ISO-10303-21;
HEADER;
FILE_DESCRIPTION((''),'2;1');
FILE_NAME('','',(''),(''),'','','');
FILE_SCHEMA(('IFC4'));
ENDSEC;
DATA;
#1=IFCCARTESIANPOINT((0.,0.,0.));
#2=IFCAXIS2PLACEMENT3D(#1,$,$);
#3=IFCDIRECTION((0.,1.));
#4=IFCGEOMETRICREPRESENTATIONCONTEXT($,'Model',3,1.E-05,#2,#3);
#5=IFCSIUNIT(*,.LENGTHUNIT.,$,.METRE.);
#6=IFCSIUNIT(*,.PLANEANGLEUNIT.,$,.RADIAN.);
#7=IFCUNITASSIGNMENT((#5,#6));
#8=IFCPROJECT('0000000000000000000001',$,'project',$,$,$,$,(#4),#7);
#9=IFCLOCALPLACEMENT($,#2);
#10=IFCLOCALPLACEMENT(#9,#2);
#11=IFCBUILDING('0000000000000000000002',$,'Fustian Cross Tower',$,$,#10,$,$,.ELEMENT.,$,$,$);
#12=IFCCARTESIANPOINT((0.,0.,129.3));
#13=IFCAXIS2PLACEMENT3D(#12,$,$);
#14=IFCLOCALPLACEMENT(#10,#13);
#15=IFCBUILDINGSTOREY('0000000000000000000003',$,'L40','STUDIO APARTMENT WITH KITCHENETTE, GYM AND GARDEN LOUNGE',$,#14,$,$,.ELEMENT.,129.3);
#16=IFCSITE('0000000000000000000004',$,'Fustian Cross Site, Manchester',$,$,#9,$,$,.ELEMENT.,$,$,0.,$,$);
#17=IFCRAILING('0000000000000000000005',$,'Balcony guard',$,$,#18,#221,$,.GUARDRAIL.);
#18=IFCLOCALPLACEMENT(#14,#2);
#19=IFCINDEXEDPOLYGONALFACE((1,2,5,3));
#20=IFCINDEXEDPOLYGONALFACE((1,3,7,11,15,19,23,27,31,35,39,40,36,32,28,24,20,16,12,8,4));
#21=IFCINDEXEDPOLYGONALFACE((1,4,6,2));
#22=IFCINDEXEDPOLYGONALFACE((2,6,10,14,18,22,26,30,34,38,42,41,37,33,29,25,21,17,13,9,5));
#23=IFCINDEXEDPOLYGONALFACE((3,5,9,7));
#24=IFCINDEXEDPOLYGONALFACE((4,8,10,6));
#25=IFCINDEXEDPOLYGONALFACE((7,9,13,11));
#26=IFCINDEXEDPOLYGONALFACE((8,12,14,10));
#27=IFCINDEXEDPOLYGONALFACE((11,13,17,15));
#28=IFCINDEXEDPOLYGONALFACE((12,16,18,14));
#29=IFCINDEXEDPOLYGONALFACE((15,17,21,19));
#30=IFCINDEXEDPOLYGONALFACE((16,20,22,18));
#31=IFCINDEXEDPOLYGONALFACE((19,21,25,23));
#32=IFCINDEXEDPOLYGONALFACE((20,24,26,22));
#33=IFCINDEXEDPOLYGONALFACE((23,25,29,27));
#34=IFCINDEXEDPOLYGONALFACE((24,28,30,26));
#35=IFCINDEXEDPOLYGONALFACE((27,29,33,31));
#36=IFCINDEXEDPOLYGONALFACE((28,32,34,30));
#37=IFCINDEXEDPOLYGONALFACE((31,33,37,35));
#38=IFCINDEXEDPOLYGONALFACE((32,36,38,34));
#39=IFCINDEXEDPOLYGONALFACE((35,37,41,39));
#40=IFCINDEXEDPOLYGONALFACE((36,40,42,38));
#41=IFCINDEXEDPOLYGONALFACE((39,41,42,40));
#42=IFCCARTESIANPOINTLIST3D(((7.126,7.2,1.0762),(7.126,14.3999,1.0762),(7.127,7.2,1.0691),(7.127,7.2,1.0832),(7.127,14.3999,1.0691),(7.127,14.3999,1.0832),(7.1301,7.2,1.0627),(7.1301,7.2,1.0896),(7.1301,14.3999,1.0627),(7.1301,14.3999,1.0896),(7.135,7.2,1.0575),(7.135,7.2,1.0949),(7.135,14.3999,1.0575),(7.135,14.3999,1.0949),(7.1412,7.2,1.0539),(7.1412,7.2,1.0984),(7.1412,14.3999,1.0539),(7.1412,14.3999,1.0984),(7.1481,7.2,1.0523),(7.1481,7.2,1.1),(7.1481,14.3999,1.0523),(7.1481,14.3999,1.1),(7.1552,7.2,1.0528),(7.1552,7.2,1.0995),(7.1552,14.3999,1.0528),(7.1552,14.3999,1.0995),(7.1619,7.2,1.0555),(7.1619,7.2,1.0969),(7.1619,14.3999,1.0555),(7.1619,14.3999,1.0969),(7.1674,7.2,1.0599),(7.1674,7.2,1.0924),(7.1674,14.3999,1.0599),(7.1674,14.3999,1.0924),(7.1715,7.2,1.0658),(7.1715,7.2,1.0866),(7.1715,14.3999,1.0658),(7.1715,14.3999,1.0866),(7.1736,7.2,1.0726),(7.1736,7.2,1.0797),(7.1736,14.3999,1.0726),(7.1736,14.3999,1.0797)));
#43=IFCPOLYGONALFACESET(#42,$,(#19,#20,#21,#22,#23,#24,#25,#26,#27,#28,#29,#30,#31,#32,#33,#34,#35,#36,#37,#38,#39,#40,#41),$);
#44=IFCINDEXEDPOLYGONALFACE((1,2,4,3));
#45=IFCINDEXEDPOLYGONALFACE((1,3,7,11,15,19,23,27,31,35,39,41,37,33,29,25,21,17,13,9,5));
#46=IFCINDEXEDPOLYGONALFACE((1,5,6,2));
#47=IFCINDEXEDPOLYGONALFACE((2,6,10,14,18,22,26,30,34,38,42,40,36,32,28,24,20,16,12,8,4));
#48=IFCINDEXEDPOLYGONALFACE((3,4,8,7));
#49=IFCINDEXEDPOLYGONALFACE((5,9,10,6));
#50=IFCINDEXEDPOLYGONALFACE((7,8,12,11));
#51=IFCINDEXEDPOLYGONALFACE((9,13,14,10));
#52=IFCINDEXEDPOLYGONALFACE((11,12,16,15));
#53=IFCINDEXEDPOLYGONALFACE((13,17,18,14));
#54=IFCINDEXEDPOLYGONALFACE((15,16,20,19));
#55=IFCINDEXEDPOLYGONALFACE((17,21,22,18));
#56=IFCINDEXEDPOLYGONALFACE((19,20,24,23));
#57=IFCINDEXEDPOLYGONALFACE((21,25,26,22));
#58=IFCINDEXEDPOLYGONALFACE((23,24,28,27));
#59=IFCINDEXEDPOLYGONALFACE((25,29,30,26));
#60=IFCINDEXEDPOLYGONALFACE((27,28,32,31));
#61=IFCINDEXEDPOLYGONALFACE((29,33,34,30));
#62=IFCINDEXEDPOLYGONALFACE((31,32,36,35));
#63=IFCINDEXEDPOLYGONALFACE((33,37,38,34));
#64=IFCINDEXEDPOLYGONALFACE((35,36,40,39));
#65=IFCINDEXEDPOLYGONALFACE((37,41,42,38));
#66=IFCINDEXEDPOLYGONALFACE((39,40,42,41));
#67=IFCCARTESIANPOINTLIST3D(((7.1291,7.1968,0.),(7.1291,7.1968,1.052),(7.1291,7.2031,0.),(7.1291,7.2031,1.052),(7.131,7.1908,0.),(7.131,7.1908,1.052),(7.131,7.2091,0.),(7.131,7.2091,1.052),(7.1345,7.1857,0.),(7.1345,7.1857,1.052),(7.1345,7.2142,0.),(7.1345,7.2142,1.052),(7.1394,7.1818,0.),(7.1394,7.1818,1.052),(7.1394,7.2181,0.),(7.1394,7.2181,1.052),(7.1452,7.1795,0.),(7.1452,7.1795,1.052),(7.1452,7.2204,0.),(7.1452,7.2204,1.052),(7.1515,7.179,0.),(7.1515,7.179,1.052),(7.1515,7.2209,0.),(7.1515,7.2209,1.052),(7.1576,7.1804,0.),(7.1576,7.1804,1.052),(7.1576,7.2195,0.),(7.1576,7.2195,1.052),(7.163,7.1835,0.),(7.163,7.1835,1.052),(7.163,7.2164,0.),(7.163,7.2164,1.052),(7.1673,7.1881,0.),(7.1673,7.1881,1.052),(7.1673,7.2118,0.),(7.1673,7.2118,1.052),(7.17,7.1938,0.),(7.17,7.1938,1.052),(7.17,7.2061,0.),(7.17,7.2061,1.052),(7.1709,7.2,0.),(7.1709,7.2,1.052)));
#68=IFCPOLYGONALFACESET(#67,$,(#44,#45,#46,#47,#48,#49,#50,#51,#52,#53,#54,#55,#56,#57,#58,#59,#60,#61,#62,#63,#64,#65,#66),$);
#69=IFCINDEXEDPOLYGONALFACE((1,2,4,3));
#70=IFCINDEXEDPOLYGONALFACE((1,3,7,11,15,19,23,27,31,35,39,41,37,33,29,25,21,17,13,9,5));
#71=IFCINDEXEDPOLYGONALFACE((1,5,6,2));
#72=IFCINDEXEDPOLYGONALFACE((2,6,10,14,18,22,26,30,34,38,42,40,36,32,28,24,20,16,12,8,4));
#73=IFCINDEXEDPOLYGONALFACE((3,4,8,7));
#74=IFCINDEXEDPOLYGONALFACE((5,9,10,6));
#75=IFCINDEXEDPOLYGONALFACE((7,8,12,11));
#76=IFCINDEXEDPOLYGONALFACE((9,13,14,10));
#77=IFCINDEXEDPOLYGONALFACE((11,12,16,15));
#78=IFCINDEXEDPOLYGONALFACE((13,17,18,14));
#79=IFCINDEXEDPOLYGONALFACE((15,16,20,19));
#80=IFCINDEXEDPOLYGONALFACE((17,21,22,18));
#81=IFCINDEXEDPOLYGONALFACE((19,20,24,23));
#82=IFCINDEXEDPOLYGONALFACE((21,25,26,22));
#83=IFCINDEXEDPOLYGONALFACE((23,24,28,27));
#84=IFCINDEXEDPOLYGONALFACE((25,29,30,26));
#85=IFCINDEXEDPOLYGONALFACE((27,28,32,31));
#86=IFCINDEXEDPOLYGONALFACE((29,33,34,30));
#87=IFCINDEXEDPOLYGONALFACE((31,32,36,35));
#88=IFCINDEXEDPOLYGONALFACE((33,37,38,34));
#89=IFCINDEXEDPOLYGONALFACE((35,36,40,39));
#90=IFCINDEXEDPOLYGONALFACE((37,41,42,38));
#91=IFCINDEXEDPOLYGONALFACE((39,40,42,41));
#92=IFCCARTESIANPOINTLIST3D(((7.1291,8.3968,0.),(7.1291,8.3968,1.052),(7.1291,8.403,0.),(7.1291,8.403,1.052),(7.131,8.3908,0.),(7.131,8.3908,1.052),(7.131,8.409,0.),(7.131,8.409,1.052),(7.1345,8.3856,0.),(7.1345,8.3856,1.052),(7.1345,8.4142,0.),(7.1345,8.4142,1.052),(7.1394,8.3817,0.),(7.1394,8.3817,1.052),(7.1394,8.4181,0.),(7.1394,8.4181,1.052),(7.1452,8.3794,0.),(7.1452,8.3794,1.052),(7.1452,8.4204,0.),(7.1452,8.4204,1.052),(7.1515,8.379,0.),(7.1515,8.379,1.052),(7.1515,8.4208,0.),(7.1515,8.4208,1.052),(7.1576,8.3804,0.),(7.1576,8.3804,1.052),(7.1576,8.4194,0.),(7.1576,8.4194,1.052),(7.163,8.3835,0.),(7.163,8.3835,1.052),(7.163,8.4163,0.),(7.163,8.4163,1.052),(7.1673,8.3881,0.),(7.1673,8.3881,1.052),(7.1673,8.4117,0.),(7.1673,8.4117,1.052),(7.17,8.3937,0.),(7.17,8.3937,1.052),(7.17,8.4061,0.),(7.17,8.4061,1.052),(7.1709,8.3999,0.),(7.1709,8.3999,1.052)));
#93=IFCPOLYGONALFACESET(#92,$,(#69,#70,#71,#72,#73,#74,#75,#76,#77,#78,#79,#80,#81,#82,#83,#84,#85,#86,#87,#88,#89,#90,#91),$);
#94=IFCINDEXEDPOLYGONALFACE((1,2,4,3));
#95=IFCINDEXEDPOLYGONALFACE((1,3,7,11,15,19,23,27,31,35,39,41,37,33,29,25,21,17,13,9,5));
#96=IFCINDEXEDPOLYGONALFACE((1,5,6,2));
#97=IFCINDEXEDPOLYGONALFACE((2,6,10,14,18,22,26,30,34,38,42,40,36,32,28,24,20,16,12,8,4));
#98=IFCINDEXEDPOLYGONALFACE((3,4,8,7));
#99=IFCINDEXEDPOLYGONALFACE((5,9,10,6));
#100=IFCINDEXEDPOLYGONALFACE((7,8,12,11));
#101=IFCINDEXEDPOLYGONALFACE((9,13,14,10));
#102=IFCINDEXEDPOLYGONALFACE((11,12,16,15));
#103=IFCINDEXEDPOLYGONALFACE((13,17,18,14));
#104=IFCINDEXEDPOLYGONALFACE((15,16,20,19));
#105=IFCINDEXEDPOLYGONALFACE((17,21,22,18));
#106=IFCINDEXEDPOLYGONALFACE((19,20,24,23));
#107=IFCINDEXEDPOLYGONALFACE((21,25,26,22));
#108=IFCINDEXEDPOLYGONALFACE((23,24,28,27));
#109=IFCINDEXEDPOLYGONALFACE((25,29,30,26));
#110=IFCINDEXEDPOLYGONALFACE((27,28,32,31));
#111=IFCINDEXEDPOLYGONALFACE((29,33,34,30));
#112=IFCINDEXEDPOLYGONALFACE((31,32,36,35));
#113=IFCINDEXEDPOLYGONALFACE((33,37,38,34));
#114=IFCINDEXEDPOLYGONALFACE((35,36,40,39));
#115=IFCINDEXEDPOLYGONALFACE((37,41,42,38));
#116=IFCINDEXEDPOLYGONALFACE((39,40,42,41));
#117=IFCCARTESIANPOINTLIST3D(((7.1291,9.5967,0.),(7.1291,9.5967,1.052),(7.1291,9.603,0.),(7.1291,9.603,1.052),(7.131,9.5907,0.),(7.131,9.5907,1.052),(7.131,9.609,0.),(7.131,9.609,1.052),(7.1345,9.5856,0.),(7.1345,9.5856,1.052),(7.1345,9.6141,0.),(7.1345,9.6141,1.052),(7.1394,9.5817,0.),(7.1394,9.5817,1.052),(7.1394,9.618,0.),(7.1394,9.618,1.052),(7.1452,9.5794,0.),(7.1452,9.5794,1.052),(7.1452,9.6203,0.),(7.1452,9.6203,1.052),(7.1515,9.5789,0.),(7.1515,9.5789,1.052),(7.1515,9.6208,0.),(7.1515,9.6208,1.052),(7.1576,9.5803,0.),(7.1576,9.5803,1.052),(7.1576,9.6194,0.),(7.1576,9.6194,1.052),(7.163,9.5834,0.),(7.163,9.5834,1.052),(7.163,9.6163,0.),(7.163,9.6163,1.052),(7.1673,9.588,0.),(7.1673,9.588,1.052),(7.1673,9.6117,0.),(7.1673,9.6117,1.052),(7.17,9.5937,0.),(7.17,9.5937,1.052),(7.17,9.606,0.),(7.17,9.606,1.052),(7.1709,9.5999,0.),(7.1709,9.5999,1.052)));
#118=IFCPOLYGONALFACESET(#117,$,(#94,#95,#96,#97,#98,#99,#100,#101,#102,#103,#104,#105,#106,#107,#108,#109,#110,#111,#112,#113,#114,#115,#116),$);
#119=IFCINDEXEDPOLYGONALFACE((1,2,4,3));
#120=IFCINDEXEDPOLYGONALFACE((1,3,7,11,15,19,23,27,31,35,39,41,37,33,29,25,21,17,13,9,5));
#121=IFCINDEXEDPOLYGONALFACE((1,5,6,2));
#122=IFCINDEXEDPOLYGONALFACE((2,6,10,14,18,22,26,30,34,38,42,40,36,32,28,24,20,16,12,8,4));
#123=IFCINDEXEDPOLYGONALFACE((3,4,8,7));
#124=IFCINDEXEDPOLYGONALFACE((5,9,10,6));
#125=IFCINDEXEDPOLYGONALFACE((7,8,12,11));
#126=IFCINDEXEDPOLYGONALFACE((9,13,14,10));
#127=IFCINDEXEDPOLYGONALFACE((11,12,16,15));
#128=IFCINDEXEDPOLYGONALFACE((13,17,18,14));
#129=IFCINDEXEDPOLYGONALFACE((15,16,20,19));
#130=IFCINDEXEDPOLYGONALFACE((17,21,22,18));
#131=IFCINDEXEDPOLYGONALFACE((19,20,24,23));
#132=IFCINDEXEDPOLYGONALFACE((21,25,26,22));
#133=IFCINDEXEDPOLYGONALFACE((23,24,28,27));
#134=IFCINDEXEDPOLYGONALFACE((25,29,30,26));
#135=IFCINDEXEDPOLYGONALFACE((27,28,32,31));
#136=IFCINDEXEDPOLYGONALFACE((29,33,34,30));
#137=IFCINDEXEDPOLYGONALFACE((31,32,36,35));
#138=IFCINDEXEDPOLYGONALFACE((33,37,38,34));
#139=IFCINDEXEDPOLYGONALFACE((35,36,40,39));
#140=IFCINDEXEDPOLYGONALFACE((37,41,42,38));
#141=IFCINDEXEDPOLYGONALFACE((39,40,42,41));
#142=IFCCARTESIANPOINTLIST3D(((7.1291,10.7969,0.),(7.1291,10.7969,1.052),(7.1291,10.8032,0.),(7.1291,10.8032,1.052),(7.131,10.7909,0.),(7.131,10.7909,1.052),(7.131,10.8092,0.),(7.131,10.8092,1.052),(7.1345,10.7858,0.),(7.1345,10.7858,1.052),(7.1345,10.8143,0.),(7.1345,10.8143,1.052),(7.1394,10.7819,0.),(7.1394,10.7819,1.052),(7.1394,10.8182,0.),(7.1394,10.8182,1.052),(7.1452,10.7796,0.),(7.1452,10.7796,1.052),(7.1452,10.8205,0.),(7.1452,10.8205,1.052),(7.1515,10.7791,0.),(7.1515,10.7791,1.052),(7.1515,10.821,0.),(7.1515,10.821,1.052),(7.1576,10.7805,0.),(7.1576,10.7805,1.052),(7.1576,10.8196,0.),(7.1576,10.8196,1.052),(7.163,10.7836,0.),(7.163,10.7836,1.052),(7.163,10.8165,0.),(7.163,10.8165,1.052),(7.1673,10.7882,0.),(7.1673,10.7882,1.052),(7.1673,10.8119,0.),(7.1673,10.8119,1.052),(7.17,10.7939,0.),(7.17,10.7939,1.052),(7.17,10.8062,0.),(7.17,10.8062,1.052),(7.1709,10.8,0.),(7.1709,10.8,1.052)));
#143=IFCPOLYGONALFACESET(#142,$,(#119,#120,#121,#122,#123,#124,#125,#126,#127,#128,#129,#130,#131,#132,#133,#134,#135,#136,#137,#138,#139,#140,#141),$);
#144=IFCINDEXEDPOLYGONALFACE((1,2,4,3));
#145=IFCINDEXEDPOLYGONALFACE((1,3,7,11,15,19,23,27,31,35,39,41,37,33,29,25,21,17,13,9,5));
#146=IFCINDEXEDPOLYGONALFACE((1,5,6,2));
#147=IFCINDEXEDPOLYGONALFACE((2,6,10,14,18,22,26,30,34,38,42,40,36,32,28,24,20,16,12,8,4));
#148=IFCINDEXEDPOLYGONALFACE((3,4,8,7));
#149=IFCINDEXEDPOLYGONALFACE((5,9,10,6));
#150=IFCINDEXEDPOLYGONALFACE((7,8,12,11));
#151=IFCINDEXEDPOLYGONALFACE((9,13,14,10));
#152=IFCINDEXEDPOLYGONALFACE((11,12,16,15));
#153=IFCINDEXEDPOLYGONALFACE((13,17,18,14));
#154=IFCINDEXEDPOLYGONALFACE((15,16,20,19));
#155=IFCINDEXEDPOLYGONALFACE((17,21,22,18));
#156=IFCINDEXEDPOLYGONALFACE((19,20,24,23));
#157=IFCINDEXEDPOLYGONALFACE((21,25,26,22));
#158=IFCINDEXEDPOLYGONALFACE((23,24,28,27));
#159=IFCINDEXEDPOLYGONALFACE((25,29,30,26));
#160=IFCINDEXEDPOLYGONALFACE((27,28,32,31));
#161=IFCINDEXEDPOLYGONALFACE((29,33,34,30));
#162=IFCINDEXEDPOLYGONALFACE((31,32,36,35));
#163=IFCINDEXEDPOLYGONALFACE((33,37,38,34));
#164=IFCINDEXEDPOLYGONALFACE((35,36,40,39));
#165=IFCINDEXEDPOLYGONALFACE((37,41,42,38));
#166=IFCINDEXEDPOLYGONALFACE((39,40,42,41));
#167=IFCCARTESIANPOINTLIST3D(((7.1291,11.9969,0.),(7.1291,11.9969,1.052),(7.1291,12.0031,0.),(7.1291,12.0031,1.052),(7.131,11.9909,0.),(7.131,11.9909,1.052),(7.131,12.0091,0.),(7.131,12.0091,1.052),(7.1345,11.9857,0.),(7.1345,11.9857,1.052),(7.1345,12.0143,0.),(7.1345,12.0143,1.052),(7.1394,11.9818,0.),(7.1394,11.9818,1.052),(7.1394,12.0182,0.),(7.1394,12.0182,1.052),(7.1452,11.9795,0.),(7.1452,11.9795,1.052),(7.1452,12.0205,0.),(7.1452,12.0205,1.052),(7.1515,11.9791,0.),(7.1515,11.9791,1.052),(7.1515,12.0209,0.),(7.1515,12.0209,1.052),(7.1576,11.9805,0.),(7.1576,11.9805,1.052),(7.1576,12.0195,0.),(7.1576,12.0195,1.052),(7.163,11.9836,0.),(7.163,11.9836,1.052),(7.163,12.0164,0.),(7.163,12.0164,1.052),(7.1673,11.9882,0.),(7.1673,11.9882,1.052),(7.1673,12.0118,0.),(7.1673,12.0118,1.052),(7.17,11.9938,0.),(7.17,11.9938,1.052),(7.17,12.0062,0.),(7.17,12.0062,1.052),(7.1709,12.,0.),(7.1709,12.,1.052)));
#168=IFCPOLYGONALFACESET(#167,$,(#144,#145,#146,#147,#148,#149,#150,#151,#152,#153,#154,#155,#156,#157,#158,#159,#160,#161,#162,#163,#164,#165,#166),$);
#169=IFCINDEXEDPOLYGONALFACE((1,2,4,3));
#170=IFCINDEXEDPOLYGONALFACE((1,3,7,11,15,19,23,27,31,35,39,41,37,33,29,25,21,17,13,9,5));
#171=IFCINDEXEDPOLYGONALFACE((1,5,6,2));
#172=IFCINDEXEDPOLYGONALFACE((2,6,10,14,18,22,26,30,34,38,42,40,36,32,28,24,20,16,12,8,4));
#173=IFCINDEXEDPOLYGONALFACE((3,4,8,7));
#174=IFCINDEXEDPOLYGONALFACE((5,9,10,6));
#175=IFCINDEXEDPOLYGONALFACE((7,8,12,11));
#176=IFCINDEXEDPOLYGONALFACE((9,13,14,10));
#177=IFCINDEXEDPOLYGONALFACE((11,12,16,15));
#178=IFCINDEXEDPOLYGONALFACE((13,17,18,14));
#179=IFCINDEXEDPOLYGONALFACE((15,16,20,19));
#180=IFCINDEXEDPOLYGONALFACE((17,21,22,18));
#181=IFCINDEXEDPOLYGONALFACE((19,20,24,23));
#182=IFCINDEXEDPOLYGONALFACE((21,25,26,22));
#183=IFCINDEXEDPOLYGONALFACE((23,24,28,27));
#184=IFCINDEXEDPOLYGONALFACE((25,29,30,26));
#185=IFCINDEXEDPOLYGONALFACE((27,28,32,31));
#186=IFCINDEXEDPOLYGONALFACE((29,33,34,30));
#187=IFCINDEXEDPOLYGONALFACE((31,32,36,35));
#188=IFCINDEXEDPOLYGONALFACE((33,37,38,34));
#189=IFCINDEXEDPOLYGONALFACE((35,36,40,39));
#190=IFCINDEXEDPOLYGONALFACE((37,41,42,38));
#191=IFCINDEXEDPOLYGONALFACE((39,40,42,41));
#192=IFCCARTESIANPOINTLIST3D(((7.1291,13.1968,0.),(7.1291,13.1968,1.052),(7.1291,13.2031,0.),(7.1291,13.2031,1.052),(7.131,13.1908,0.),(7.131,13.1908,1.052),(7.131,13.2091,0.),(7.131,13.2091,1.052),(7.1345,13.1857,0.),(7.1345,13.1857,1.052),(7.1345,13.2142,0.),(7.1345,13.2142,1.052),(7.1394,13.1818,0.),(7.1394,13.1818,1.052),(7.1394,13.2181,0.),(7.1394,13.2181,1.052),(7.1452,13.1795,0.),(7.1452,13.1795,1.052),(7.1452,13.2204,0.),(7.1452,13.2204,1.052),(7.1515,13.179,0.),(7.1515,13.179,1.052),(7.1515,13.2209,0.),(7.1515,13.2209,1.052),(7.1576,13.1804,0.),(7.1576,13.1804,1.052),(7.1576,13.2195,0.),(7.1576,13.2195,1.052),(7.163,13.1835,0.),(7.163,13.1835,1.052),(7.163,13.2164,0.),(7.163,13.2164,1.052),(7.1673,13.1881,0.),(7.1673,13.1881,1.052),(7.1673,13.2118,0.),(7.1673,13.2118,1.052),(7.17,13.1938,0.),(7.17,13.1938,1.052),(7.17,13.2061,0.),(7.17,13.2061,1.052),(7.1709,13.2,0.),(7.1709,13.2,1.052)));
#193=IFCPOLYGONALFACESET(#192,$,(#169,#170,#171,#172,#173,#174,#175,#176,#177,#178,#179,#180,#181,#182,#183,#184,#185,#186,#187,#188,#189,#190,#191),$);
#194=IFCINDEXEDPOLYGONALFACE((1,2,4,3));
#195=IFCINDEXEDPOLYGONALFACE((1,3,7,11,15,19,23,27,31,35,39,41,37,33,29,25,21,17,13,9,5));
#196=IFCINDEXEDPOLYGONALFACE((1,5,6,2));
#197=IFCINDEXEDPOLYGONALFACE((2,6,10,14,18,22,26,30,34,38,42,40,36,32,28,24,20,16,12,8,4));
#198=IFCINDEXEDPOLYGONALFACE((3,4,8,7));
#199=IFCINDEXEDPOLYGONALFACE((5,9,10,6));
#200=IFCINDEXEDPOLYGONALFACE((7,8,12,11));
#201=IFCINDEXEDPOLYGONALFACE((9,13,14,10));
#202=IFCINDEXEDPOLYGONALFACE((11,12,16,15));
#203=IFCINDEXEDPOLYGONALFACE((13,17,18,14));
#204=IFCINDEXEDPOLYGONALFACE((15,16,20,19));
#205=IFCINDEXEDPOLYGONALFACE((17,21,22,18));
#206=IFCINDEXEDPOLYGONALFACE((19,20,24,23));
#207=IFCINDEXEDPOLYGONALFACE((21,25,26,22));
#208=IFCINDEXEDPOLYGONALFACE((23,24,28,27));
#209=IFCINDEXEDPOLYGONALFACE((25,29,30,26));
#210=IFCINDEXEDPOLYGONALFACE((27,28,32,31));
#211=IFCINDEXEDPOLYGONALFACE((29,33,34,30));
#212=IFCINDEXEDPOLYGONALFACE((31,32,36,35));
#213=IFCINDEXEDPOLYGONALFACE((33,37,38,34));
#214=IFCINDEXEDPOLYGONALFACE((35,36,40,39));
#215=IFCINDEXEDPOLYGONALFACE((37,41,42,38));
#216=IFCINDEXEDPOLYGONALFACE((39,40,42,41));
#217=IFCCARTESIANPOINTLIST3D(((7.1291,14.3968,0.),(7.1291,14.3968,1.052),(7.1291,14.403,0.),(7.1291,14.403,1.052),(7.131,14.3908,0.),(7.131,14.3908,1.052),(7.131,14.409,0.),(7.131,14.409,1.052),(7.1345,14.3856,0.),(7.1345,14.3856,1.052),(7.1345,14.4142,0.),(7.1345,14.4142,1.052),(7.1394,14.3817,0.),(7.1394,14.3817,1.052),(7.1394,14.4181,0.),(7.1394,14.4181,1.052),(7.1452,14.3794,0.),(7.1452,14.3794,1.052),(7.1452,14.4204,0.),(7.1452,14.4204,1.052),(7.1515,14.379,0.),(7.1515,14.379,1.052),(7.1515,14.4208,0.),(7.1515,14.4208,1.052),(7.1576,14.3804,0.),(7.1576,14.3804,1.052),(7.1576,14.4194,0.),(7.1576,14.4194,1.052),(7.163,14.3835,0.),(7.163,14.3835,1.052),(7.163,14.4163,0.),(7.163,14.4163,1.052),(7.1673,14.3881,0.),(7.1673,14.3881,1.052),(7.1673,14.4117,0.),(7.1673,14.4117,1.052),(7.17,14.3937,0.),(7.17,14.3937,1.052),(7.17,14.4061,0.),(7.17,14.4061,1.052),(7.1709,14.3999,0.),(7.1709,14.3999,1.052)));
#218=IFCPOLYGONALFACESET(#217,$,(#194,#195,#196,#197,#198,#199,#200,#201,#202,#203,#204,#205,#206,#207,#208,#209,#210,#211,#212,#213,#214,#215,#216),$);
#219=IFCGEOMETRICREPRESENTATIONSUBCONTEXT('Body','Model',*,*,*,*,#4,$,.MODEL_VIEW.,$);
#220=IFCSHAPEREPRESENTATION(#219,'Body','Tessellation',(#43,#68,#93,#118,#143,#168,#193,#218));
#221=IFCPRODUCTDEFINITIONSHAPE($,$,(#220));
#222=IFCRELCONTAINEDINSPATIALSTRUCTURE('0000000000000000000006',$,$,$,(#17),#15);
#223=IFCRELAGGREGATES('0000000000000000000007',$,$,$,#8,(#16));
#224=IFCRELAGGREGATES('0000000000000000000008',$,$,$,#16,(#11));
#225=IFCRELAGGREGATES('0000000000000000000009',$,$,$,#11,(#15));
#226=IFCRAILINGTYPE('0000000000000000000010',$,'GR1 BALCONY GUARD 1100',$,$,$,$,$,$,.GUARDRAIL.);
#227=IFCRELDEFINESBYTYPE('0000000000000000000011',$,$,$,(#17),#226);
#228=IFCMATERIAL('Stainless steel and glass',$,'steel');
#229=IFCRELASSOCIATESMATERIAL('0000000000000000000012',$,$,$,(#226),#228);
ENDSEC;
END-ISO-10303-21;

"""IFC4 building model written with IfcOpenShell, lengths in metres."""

from ifc_helpers import new_model, si_unit, direction, frame, origin, origin_2d, place, context, subcontext, project, spatial, circle, extrude, material, type_object, element, save


model = new_model("IFC4")

# Units and contexts
model_context = context("Model", 3, precision=1e-05, world=origin(), true_north=direction((0.0, 1.0)))
body_context = subcontext(model_context, "Body", "Model", "MODEL_VIEW")
ifc_project = project(units=[si_unit("LENGTHUNIT", "METRE"), si_unit("PLANEANGLEUNIT", "RADIAN")], contexts=[model_context])

# Site, building, storey
site_placement = place(None, origin())
site = spatial("IfcSite", under=ifc_project, at=site_placement, Name="Fustian Cross Site, Manchester", CompositionType="ELEMENT", RefElevation=0.0)
building_placement = place(site_placement, origin())
building = spatial("IfcBuilding", under=site, at=building_placement, Name="Fustian Cross Tower", CompositionType="ELEMENT")
storey_placement = place(building_placement, frame((0.0, 0.0, 129.3)))
storey = spatial("IfcBuildingStorey", under=building, at=storey_placement, Name="L40", Description="STUDIO APARTMENT WITH KITCHENETTE, GYM AND GARDEN LOUNGE", CompositionType="ELEMENT", Elevation=129.3)

# Railing
ifc_material_1 = material(Name="Stainless steel and glass", Category="steel")
railing_type = type_object("IfcRailingType", Name="GR1 BALCONY GUARD 1100", PredefinedType="GUARDRAIL", material=ifc_material_1)
railing_placement = place(storey_placement, frame((7.1499, 7.2, 0.0)))
element("IfcRailing", 1, at=railing_placement, inside=storey, type_object=railing_type, Name="Balcony guard", PredefinedType="GUARDRAIL", context=body_context, shape_type="SweptSolid", body=[
    extrude(circle(Radius=0.0239, at=origin_2d()), frame((0.0, 0.0, 1.0762), z_axis=(0.0, 1.0, 0.0), x_axis=(-1.0, 0.0, 0.0)), (0.0, 0.0, 1.0), 7.2),
    extrude(circle(Radius=0.021, at=origin_2d()), origin(), (0.0, 0.0, 1.0), 1.052),
    extrude(circle(Radius=0.021, at=origin_2d()), frame((0.0, 1.2, 0.0)), (0.0, 0.0, 1.0), 1.052),
    extrude(circle(Radius=0.021, at=origin_2d()), frame((0.0, 2.3999, 0.0)), (0.0, 0.0, 1.0), 1.052),
    extrude(circle(Radius=0.021, at=origin_2d()), frame((0.0, 3.6001, 0.0)), (0.0, 0.0, 1.0), 1.052),
    extrude(circle(Radius=0.021, at=origin_2d()), frame((0.0, 4.8, 0.0)), (0.0, 0.0, 1.0), 1.052),
    extrude(circle(Radius=0.021, at=origin_2d()), frame((0.0, 6.0, 0.0)), (0.0, 0.0, 1.0), 1.052),
    extrude(circle(Radius=0.021, at=origin_2d()), frame((0.0, 7.2, 0.0)), (0.0, 0.0, 1.0), 1.052),
])

save(model, "model.ifc")
